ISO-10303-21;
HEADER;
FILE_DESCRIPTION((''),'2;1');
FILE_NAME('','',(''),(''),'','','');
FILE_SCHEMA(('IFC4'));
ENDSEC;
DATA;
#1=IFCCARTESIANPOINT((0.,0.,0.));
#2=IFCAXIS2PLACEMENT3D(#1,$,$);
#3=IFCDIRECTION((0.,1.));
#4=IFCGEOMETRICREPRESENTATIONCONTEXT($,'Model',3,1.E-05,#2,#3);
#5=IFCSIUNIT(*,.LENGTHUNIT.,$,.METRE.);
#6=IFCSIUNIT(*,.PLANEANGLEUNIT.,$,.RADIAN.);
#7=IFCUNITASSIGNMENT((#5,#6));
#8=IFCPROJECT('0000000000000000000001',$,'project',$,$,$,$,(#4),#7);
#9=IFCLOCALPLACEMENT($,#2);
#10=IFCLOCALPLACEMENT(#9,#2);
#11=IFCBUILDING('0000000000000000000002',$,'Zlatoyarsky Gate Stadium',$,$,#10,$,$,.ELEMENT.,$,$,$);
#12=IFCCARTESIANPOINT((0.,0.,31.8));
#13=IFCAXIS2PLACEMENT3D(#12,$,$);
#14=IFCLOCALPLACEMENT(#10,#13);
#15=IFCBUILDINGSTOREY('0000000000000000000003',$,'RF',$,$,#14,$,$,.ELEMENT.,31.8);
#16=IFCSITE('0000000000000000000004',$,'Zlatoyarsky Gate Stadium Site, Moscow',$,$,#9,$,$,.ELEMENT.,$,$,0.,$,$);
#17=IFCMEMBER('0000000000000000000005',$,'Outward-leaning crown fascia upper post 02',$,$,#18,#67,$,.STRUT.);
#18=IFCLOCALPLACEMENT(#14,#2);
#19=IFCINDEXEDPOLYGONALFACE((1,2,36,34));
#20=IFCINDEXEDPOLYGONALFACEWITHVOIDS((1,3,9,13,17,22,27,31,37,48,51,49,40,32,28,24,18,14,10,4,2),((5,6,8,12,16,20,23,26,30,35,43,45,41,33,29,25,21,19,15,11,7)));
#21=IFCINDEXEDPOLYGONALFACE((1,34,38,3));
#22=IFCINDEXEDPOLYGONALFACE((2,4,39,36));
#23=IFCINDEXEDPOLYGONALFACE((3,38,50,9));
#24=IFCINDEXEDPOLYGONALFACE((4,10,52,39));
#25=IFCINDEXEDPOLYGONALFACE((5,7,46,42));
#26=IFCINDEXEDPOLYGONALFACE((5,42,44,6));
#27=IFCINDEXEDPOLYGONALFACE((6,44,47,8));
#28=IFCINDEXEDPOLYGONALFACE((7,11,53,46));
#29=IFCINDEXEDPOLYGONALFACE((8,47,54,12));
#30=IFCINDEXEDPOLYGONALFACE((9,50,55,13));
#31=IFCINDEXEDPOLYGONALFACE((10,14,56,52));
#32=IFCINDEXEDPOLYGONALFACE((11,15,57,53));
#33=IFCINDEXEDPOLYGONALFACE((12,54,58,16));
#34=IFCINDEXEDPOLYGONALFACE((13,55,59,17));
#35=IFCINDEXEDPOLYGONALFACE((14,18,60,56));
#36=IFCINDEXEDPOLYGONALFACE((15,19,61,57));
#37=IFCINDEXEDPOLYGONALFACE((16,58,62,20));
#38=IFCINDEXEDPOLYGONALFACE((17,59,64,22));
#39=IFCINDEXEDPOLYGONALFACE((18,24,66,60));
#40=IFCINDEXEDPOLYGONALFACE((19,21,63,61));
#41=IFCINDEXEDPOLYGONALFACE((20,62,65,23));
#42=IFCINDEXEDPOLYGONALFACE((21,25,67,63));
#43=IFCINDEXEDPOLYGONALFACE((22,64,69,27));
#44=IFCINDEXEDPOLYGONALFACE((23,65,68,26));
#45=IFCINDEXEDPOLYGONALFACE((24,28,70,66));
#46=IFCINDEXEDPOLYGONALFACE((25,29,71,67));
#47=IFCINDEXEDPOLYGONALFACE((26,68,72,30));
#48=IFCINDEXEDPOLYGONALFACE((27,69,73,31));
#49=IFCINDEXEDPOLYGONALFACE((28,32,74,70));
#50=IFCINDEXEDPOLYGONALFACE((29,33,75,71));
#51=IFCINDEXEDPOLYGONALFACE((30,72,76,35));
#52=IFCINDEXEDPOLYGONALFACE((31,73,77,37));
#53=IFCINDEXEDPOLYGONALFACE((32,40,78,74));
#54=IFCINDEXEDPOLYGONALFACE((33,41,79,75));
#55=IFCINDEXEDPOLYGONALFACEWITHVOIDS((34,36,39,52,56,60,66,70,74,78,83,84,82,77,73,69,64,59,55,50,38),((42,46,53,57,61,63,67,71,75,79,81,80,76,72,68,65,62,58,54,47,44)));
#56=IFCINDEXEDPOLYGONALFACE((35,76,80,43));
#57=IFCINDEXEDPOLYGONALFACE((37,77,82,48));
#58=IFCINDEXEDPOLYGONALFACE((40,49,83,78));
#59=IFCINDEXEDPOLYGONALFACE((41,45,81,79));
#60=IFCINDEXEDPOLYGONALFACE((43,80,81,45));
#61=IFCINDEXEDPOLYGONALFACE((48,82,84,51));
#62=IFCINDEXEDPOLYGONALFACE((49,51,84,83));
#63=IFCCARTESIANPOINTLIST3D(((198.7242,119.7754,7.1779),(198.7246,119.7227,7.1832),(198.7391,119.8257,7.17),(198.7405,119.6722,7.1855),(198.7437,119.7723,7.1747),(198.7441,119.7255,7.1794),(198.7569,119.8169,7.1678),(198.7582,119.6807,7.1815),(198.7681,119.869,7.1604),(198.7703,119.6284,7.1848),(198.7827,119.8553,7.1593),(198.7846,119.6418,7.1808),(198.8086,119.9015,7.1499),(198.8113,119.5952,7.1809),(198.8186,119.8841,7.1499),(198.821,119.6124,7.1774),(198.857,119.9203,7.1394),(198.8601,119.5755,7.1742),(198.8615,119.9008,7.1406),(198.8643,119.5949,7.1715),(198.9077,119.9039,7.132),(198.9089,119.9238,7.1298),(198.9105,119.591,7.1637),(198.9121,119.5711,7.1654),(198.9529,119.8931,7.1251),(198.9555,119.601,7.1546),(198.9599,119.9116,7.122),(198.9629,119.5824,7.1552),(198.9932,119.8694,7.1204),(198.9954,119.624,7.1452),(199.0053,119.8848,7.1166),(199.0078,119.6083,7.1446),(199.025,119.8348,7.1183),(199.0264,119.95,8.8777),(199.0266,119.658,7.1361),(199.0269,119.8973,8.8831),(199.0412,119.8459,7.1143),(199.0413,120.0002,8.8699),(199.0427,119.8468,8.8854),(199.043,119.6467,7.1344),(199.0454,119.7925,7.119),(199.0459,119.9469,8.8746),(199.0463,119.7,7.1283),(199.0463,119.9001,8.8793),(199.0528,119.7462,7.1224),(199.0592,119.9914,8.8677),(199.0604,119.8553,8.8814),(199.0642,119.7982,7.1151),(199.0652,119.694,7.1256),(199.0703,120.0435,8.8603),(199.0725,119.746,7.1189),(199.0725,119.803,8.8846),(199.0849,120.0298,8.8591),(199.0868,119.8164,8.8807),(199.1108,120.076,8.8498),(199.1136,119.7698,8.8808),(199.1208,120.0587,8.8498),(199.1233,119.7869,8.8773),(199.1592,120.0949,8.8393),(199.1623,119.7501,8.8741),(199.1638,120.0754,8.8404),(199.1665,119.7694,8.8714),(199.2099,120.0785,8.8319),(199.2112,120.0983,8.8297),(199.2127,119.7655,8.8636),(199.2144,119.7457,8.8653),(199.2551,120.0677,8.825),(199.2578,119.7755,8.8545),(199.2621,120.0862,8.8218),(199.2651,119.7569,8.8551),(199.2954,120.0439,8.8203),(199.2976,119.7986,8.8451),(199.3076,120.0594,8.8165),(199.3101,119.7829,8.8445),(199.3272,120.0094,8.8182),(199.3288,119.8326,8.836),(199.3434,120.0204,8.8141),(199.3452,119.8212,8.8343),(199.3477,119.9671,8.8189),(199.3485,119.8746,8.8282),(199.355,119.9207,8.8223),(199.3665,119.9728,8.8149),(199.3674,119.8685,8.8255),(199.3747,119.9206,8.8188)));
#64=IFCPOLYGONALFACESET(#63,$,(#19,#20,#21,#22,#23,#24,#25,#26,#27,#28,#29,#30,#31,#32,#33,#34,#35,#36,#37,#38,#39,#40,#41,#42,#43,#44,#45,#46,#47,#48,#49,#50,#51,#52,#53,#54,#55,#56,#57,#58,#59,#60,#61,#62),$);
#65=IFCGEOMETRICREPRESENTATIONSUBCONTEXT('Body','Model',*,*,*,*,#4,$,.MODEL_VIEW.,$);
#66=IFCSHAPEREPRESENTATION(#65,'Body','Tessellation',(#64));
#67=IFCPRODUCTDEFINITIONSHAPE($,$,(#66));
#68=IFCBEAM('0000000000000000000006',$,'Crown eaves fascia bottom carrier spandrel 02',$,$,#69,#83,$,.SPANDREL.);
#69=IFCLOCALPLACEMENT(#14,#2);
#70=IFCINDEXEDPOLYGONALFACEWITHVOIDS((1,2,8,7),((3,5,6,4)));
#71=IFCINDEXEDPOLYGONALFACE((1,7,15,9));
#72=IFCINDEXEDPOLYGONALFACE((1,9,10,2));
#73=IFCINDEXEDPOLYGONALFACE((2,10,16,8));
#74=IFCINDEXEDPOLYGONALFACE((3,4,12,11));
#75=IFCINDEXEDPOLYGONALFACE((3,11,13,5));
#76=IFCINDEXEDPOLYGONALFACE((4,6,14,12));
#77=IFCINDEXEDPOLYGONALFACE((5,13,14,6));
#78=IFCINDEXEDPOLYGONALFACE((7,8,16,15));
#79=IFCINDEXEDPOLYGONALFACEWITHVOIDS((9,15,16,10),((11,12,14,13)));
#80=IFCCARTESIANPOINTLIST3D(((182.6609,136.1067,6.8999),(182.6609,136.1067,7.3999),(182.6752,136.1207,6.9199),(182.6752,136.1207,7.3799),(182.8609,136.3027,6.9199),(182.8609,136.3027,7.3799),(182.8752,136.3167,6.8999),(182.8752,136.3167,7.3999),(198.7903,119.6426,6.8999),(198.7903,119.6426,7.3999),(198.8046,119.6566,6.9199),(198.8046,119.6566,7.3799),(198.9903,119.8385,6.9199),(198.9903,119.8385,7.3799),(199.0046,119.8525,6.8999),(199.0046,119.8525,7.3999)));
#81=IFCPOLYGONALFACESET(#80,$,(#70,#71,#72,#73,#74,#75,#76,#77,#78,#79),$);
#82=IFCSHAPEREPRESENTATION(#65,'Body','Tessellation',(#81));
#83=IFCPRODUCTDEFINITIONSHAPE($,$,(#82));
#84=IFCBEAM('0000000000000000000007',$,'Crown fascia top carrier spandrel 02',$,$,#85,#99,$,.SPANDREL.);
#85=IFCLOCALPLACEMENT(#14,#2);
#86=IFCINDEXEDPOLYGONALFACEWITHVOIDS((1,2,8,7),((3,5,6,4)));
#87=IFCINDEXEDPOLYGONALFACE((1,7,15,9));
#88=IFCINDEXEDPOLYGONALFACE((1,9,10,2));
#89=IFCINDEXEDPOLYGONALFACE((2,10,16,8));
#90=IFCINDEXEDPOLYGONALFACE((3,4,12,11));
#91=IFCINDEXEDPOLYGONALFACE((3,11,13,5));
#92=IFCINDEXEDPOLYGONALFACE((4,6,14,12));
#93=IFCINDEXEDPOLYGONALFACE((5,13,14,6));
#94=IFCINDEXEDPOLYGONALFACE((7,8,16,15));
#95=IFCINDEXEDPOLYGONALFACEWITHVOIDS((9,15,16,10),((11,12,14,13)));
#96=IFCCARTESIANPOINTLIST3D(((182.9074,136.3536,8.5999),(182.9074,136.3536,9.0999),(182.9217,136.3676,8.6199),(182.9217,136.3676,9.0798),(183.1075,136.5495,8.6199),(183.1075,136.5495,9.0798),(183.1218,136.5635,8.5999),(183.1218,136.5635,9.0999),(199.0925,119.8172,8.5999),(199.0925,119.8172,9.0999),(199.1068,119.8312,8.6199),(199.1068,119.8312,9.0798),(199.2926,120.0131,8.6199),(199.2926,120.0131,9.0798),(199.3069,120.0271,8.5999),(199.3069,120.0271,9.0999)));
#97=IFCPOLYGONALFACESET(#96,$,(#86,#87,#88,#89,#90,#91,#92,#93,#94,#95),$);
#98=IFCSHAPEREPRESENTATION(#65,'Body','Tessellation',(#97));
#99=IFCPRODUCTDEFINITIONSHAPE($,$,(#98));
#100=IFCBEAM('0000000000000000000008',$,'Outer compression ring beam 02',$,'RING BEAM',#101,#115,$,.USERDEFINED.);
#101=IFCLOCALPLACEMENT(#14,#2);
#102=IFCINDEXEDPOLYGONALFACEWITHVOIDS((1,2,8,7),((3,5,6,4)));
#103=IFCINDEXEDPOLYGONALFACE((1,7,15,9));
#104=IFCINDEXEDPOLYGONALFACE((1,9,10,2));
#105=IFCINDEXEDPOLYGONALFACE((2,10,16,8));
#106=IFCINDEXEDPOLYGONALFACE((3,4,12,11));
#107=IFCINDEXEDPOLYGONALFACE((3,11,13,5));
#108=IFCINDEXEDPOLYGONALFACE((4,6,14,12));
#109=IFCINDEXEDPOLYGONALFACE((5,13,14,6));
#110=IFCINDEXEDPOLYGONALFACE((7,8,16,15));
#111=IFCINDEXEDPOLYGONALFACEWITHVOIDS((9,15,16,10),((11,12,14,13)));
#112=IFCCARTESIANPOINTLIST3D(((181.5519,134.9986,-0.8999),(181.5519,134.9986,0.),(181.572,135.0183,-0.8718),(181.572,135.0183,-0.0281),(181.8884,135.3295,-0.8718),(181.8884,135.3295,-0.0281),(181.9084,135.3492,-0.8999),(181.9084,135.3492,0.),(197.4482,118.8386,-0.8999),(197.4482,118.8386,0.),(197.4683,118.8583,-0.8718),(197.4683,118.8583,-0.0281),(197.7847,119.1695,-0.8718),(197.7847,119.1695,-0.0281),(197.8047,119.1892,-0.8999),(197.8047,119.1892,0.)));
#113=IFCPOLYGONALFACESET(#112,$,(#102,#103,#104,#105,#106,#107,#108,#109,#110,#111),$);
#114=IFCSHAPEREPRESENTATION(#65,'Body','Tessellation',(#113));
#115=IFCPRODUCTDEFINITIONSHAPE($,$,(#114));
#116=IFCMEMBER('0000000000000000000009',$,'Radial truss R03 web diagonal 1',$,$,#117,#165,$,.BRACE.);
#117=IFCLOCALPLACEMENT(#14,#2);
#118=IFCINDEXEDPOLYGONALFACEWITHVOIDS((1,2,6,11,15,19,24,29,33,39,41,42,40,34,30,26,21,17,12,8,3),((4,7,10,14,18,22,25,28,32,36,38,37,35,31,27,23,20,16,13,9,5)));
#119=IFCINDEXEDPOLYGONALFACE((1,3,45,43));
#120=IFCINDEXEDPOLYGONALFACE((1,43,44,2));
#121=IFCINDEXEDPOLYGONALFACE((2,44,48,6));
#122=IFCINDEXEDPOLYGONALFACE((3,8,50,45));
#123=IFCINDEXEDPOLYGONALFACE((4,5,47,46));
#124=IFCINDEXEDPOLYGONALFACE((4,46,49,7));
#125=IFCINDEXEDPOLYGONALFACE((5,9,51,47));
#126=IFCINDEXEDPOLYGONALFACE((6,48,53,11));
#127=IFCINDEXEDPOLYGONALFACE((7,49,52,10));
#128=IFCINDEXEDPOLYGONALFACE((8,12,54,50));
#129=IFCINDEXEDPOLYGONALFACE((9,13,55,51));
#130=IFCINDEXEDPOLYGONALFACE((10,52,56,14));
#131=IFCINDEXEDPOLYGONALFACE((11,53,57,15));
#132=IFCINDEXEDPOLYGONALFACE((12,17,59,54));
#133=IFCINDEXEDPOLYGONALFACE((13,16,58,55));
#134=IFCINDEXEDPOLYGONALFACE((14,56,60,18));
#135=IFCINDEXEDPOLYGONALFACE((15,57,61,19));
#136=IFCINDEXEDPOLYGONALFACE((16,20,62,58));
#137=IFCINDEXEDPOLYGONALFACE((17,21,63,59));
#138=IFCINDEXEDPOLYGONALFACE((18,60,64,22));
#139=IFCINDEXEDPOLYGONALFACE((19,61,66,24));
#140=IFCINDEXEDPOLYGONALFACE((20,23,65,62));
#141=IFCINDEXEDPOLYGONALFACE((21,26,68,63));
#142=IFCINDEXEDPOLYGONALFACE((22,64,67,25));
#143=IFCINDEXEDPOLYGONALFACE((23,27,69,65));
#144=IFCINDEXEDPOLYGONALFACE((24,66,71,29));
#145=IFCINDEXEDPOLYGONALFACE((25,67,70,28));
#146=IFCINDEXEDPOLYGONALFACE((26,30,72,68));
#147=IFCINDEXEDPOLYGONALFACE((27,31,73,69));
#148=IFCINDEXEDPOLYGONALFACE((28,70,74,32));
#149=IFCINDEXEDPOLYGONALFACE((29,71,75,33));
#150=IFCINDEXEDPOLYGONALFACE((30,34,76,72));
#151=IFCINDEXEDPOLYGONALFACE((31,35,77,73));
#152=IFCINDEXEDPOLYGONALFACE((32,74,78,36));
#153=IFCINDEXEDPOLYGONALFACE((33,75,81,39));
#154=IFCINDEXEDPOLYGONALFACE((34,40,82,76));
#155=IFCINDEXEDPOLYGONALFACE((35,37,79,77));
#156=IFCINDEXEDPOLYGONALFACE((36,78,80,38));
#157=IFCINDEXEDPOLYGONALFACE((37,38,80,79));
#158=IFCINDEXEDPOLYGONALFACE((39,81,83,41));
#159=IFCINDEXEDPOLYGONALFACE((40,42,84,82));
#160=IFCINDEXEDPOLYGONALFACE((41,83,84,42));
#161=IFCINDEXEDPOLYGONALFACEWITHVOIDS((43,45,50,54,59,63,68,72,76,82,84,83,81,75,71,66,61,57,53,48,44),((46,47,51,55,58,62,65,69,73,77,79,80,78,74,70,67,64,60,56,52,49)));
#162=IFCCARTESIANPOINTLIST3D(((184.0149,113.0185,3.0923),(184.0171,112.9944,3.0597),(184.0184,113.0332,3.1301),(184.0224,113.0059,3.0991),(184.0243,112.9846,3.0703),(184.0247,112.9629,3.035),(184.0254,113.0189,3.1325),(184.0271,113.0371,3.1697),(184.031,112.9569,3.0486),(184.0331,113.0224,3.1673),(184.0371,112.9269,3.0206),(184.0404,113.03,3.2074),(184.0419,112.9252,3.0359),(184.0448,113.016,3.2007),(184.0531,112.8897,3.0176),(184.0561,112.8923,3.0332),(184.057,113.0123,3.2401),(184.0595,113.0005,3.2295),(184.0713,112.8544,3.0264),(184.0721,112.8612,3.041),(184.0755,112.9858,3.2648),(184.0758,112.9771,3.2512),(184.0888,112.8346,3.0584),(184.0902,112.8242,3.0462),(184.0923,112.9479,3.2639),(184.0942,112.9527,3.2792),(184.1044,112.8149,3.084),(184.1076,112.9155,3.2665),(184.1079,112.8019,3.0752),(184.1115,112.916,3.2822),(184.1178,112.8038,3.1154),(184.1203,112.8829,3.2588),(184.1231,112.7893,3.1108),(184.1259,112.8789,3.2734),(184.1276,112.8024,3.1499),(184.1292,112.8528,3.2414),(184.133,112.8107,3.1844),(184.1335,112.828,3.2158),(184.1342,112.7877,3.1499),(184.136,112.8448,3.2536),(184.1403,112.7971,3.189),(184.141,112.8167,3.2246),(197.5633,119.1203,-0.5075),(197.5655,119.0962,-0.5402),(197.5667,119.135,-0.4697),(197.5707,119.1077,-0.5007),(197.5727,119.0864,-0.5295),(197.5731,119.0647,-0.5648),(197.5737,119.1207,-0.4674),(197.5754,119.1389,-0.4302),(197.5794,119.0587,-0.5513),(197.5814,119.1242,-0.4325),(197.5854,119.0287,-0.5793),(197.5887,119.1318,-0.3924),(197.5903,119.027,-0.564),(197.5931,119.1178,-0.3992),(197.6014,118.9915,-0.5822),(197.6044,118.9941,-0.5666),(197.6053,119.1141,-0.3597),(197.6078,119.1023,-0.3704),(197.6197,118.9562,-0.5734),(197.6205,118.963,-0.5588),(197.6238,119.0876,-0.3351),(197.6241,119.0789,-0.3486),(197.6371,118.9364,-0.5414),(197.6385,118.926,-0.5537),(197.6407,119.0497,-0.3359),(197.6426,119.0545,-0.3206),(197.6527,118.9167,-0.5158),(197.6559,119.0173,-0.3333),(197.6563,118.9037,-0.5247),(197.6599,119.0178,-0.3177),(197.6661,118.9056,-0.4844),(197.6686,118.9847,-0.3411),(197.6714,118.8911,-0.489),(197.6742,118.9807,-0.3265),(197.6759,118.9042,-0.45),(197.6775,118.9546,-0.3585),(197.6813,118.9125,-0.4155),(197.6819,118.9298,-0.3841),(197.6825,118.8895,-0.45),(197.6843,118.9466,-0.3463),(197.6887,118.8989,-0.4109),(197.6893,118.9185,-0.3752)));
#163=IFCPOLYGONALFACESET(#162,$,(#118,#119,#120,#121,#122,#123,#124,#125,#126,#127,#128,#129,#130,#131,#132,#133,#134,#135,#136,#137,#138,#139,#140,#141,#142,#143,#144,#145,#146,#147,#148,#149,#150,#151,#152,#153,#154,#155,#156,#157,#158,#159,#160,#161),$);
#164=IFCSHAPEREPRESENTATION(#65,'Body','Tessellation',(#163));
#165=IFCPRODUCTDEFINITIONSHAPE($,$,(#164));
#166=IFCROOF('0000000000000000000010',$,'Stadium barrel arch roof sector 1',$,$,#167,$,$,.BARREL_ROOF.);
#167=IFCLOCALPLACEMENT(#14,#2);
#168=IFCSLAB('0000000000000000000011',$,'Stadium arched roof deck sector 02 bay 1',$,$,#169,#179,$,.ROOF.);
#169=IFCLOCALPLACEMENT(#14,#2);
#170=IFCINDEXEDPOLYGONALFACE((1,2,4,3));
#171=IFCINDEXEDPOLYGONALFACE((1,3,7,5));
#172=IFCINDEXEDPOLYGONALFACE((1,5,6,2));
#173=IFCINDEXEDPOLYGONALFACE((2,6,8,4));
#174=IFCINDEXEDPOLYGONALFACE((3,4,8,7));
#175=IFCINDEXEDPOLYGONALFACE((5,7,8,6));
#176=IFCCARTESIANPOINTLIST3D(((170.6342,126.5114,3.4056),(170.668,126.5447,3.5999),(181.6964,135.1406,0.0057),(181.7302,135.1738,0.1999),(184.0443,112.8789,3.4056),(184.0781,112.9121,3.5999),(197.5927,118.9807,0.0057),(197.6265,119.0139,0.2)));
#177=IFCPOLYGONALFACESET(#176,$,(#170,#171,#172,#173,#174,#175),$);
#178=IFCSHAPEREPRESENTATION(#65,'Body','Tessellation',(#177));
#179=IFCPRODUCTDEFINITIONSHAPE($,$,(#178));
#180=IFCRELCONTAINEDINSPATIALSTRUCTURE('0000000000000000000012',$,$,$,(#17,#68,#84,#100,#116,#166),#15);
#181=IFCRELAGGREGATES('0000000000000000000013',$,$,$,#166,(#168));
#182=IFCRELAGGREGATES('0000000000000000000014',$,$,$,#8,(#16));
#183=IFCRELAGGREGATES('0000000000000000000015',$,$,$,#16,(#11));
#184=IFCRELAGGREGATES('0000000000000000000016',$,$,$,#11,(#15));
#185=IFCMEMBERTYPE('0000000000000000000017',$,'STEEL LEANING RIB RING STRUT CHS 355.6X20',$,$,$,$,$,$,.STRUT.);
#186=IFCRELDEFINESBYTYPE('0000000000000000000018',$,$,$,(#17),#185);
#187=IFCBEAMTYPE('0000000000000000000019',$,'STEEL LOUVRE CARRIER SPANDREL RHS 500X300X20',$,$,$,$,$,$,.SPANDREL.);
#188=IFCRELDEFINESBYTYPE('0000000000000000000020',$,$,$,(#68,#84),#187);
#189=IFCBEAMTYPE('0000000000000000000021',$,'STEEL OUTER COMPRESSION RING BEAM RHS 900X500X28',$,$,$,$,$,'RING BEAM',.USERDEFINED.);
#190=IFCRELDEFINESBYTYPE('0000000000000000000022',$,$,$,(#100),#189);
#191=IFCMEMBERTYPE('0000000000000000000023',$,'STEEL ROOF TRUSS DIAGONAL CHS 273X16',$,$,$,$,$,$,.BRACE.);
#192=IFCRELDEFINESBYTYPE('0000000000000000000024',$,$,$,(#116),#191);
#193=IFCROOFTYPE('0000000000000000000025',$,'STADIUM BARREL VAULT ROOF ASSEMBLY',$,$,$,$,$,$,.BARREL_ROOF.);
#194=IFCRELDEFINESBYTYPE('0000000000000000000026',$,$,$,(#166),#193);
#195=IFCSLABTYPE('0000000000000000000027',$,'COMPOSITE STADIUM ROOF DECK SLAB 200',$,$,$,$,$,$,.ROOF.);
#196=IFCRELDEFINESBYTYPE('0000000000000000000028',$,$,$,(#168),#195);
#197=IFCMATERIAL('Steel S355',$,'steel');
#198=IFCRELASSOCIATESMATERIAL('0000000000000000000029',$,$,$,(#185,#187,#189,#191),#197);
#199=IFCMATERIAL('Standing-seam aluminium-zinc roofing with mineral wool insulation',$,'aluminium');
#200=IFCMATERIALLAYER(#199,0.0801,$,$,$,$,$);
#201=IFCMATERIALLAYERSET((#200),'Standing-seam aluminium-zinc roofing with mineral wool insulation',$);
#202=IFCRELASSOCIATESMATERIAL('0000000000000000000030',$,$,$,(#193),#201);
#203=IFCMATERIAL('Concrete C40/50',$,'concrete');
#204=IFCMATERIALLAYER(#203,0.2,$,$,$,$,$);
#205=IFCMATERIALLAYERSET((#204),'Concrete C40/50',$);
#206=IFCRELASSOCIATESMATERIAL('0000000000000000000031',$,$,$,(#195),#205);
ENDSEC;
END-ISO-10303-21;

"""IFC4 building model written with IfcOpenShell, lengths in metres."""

from ifc_helpers import new_model, si_unit, direction, frame, origin, origin_2d, place, context, subcontext, project, spatial, polyline, hollow_rectangle, hollow_circle, outline, extrude, material, layer, layer_set, material_profile, profile_set, type_object, element, aggregate, save


model = new_model("IFC4")

# Units and contexts
model_context = context("Model", 3, precision=1e-05, world=origin(), true_north=direction((0.0, 1.0)))
body_context = subcontext(model_context, "Body", "Model", "MODEL_VIEW")
ifc_project = project(units=[si_unit("LENGTHUNIT", "METRE"), si_unit("PLANEANGLEUNIT", "RADIAN")], contexts=[model_context])

# Site, building, storey
site_placement = place(None, origin())
site = spatial("IfcSite", under=ifc_project, at=site_placement, Name="Zlatoyarsky Gate Stadium Site, Moscow", CompositionType="ELEMENT", RefElevation=0.0)
building_placement = place(site_placement, origin())
building = spatial("IfcBuilding", under=site, at=building_placement, Name="Zlatoyarsky Gate Stadium", CompositionType="ELEMENT")
storey_placement = place(building_placement, frame((0.0, 0.0, 31.8)))
storey = spatial("IfcBuildingStorey", under=building, at=storey_placement, Name="RF", CompositionType="ELEMENT", Elevation=31.8)

# Member
ifc_material_1 = material(Name="Steel S355", Category="steel")
ifc_material_profile_1 = material_profile(ifc_material_1, hollow_circle(Radius=0.1777, WallThickness=0.02, at=origin_2d()), Name="CHS 355.6X20")
ifc_profile_set_1 = profile_set([ifc_material_profile_1], Name="Steel S355")
member_type_1 = type_object("IfcMemberType", Name="STEEL LEANING RIB RING STRUT CHS 355.6X20", PredefinedType="STRUT", material=ifc_profile_set_1)
member_1_placement = place(storey_placement, frame((198.8975, 119.7476, 7.1499), z_axis=(0.174164, 0.100587, 0.979566), x_axis=(-0.500126, 0.865953, 0.0)))
element("IfcMember", 1, at=member_1_placement, inside=storey, type_object=member_type_1, Name="Outward-leaning crown fascia upper post 02", PredefinedType="STRUT", context=body_context, shape_type="SweptSolid", body=[
    extrude(hollow_circle(Radius=0.1777, WallThickness=0.02, at=origin_2d()), origin(), (0.0, 0.0, 1.0), 1.7354),
])

# Beams
ifc_material_profile_2 = material_profile(ifc_material_1, hollow_rectangle(XDim=0.3, YDim=0.5, WallThickness=0.02, at=origin_2d()), Name="RHS 500X300X20")
ifc_profile_set_2 = profile_set([ifc_material_profile_2], Name="Steel S355")
beam_type_1 = type_object("IfcBeamType", Name="STEEL LOUVRE CARRIER SPANDREL RHS 500X300X20", PredefinedType="SPANDREL", material=ifc_profile_set_2)
beam_1_placement = place(storey_placement, frame((198.8975, 119.7476, 7.1499), z_axis=(-0.699808, 0.714331, 0.0), x_axis=(-0.714331, -0.699808, 0.0)))
element("IfcBeam", 2, at=beam_1_placement, inside=storey, type_object=beam_type_1, Name="Crown eaves fascia bottom carrier spandrel 02", PredefinedType="SPANDREL", context=body_context, shape_type="SweptSolid", body=[
    extrude(hollow_rectangle(XDim=0.3, YDim=0.5, WallThickness=0.02, at=origin_2d()), origin(), (0.0, 0.0, 1.0), 23.0483),
])
beam_2_placement = place(storey_placement, frame((199.1997, 119.9221, 8.8499), z_axis=(-0.699475, 0.714658, 0.0), x_axis=(-0.714658, -0.699475, 0.0)))
element("IfcBeam", 3, at=beam_2_placement, inside=storey, type_object=beam_type_1, Name="Crown fascia top carrier spandrel 02", PredefinedType="SPANDREL", context=body_context, shape_type="SweptSolid", body=[
    extrude(hollow_rectangle(XDim=0.3, YDim=0.5, WallThickness=0.02, at=origin_2d()), origin(), (0.0, 0.0, 1.0), 23.1389),
])
ifc_material_profile_3 = material_profile(ifc_material_1, hollow_rectangle(XDim=0.5, YDim=0.8999, WallThickness=0.0281, at=origin_2d()), Name="RHS 900X500X28")
ifc_profile_set_3 = profile_set([ifc_material_profile_3], Name="Steel S355")
beam_type_2 = type_object("IfcBeamType", Name="STEEL OUTER COMPRESSION RING BEAM RHS 900X500X28", ElementType="RING BEAM", PredefinedType="USERDEFINED", material=ifc_profile_set_3)
beam_3_placement = place(storey_placement, frame((197.6265, 119.0139, -0.45), z_axis=(-0.701267, 0.712899, 0.0), x_axis=(-0.712899, -0.701267, 0.0)))
element("IfcBeam", 4, at=beam_3_placement, inside=storey, type_object=beam_type_2, Name="Outer compression ring beam 02", ObjectType="RING BEAM", PredefinedType="USERDEFINED", context=body_context, shape_type="SweptSolid", body=[
    extrude(hollow_rectangle(XDim=0.5, YDim=0.8999, WallThickness=0.0281, at=origin_2d()), origin(), (0.0, 0.0, 1.0), 22.668),
])

# Member
ifc_material_profile_4 = material_profile(ifc_material_1, hollow_circle(Radius=0.1365, WallThickness=0.0161, at=origin_2d()), Name="CHS 273X16")
ifc_profile_set_4 = profile_set([ifc_material_profile_4], Name="Steel S355")
member_type_2 = type_object("IfcMemberType", Name="STEEL ROOF TRUSS DIAGONAL CHS 273X16", PredefinedType="BRACE", material=ifc_profile_set_4)
member_2_placement = place(storey_placement, frame((197.6265, 119.0139, -0.45), z_axis=(-0.886159, -0.399102, 0.235456), x_axis=(0.410647, -0.911794, 0.0)))
element("IfcMember", 5, at=member_2_placement, inside=storey, type_object=member_type_2, Name="Radial truss R03 web diagonal 1", PredefinedType="BRACE", context=body_context, shape_type="SweptSolid", body=[
    extrude(hollow_circle(Radius=0.1365, WallThickness=0.0161, at=origin_2d()), origin(), (0.0, 0.0, 1.0), 15.2888),
])

# Roof, slab
ifc_material_2 = material(Name="Standing-seam aluminium-zinc roofing with mineral wool insulation", Category="aluminium")
ifc_layer_1 = layer(ifc_material_2, 0.0801)
ifc_layer_set_1 = layer_set([ifc_layer_1], Name="Standing-seam aluminium-zinc roofing with mineral wool insulation")
roof_type = type_object("IfcRoofType", Name="STADIUM BARREL VAULT ROOF ASSEMBLY", PredefinedType="BARREL_ROOF", material=ifc_layer_set_1)
roof_placement = place(storey_placement, origin())
roof = element("IfcRoof", 6, at=roof_placement, inside=storey, type_object=roof_type, Name="Stadium barrel arch roof sector 1", PredefinedType="BARREL_ROOF")
ifc_material_3 = material(Name="Concrete C40/50", Category="concrete")
ifc_layer_2 = layer(ifc_material_3, 0.2)
ifc_layer_set_2 = layer_set([ifc_layer_2], Name="Concrete C40/50")
slab_type = type_object("IfcSlabType", Name="COMPOSITE STADIUM ROOF DECK SLAB 200", PredefinedType="ROOF", material=ifc_layer_set_2)
slab_placement = place(storey_placement, frame((197.6265, 119.0139, 0.2), z_axis=(0.168949, 0.166192, 0.971513), x_axis=(-0.701267, 0.712899, 0.0)))
slab = element("IfcSlab", 7, at=slab_placement, type_object=slab_type, Name="Stadium arched roof deck sector 02 bay 1", PredefinedType="ROOF", context=body_context, shape_type="SweptSolid", body=[
    extrude(outline(polyline([(0.0, 0.0), (22.6679, 0.0), (24.2738, 14.3463), (5.151, 14.3463), (0.0, 0.0)])), origin(), (0.0, 0.0, -1.0), 0.2),
])

aggregate(roof, [slab])

save(model, "model.ifc")
